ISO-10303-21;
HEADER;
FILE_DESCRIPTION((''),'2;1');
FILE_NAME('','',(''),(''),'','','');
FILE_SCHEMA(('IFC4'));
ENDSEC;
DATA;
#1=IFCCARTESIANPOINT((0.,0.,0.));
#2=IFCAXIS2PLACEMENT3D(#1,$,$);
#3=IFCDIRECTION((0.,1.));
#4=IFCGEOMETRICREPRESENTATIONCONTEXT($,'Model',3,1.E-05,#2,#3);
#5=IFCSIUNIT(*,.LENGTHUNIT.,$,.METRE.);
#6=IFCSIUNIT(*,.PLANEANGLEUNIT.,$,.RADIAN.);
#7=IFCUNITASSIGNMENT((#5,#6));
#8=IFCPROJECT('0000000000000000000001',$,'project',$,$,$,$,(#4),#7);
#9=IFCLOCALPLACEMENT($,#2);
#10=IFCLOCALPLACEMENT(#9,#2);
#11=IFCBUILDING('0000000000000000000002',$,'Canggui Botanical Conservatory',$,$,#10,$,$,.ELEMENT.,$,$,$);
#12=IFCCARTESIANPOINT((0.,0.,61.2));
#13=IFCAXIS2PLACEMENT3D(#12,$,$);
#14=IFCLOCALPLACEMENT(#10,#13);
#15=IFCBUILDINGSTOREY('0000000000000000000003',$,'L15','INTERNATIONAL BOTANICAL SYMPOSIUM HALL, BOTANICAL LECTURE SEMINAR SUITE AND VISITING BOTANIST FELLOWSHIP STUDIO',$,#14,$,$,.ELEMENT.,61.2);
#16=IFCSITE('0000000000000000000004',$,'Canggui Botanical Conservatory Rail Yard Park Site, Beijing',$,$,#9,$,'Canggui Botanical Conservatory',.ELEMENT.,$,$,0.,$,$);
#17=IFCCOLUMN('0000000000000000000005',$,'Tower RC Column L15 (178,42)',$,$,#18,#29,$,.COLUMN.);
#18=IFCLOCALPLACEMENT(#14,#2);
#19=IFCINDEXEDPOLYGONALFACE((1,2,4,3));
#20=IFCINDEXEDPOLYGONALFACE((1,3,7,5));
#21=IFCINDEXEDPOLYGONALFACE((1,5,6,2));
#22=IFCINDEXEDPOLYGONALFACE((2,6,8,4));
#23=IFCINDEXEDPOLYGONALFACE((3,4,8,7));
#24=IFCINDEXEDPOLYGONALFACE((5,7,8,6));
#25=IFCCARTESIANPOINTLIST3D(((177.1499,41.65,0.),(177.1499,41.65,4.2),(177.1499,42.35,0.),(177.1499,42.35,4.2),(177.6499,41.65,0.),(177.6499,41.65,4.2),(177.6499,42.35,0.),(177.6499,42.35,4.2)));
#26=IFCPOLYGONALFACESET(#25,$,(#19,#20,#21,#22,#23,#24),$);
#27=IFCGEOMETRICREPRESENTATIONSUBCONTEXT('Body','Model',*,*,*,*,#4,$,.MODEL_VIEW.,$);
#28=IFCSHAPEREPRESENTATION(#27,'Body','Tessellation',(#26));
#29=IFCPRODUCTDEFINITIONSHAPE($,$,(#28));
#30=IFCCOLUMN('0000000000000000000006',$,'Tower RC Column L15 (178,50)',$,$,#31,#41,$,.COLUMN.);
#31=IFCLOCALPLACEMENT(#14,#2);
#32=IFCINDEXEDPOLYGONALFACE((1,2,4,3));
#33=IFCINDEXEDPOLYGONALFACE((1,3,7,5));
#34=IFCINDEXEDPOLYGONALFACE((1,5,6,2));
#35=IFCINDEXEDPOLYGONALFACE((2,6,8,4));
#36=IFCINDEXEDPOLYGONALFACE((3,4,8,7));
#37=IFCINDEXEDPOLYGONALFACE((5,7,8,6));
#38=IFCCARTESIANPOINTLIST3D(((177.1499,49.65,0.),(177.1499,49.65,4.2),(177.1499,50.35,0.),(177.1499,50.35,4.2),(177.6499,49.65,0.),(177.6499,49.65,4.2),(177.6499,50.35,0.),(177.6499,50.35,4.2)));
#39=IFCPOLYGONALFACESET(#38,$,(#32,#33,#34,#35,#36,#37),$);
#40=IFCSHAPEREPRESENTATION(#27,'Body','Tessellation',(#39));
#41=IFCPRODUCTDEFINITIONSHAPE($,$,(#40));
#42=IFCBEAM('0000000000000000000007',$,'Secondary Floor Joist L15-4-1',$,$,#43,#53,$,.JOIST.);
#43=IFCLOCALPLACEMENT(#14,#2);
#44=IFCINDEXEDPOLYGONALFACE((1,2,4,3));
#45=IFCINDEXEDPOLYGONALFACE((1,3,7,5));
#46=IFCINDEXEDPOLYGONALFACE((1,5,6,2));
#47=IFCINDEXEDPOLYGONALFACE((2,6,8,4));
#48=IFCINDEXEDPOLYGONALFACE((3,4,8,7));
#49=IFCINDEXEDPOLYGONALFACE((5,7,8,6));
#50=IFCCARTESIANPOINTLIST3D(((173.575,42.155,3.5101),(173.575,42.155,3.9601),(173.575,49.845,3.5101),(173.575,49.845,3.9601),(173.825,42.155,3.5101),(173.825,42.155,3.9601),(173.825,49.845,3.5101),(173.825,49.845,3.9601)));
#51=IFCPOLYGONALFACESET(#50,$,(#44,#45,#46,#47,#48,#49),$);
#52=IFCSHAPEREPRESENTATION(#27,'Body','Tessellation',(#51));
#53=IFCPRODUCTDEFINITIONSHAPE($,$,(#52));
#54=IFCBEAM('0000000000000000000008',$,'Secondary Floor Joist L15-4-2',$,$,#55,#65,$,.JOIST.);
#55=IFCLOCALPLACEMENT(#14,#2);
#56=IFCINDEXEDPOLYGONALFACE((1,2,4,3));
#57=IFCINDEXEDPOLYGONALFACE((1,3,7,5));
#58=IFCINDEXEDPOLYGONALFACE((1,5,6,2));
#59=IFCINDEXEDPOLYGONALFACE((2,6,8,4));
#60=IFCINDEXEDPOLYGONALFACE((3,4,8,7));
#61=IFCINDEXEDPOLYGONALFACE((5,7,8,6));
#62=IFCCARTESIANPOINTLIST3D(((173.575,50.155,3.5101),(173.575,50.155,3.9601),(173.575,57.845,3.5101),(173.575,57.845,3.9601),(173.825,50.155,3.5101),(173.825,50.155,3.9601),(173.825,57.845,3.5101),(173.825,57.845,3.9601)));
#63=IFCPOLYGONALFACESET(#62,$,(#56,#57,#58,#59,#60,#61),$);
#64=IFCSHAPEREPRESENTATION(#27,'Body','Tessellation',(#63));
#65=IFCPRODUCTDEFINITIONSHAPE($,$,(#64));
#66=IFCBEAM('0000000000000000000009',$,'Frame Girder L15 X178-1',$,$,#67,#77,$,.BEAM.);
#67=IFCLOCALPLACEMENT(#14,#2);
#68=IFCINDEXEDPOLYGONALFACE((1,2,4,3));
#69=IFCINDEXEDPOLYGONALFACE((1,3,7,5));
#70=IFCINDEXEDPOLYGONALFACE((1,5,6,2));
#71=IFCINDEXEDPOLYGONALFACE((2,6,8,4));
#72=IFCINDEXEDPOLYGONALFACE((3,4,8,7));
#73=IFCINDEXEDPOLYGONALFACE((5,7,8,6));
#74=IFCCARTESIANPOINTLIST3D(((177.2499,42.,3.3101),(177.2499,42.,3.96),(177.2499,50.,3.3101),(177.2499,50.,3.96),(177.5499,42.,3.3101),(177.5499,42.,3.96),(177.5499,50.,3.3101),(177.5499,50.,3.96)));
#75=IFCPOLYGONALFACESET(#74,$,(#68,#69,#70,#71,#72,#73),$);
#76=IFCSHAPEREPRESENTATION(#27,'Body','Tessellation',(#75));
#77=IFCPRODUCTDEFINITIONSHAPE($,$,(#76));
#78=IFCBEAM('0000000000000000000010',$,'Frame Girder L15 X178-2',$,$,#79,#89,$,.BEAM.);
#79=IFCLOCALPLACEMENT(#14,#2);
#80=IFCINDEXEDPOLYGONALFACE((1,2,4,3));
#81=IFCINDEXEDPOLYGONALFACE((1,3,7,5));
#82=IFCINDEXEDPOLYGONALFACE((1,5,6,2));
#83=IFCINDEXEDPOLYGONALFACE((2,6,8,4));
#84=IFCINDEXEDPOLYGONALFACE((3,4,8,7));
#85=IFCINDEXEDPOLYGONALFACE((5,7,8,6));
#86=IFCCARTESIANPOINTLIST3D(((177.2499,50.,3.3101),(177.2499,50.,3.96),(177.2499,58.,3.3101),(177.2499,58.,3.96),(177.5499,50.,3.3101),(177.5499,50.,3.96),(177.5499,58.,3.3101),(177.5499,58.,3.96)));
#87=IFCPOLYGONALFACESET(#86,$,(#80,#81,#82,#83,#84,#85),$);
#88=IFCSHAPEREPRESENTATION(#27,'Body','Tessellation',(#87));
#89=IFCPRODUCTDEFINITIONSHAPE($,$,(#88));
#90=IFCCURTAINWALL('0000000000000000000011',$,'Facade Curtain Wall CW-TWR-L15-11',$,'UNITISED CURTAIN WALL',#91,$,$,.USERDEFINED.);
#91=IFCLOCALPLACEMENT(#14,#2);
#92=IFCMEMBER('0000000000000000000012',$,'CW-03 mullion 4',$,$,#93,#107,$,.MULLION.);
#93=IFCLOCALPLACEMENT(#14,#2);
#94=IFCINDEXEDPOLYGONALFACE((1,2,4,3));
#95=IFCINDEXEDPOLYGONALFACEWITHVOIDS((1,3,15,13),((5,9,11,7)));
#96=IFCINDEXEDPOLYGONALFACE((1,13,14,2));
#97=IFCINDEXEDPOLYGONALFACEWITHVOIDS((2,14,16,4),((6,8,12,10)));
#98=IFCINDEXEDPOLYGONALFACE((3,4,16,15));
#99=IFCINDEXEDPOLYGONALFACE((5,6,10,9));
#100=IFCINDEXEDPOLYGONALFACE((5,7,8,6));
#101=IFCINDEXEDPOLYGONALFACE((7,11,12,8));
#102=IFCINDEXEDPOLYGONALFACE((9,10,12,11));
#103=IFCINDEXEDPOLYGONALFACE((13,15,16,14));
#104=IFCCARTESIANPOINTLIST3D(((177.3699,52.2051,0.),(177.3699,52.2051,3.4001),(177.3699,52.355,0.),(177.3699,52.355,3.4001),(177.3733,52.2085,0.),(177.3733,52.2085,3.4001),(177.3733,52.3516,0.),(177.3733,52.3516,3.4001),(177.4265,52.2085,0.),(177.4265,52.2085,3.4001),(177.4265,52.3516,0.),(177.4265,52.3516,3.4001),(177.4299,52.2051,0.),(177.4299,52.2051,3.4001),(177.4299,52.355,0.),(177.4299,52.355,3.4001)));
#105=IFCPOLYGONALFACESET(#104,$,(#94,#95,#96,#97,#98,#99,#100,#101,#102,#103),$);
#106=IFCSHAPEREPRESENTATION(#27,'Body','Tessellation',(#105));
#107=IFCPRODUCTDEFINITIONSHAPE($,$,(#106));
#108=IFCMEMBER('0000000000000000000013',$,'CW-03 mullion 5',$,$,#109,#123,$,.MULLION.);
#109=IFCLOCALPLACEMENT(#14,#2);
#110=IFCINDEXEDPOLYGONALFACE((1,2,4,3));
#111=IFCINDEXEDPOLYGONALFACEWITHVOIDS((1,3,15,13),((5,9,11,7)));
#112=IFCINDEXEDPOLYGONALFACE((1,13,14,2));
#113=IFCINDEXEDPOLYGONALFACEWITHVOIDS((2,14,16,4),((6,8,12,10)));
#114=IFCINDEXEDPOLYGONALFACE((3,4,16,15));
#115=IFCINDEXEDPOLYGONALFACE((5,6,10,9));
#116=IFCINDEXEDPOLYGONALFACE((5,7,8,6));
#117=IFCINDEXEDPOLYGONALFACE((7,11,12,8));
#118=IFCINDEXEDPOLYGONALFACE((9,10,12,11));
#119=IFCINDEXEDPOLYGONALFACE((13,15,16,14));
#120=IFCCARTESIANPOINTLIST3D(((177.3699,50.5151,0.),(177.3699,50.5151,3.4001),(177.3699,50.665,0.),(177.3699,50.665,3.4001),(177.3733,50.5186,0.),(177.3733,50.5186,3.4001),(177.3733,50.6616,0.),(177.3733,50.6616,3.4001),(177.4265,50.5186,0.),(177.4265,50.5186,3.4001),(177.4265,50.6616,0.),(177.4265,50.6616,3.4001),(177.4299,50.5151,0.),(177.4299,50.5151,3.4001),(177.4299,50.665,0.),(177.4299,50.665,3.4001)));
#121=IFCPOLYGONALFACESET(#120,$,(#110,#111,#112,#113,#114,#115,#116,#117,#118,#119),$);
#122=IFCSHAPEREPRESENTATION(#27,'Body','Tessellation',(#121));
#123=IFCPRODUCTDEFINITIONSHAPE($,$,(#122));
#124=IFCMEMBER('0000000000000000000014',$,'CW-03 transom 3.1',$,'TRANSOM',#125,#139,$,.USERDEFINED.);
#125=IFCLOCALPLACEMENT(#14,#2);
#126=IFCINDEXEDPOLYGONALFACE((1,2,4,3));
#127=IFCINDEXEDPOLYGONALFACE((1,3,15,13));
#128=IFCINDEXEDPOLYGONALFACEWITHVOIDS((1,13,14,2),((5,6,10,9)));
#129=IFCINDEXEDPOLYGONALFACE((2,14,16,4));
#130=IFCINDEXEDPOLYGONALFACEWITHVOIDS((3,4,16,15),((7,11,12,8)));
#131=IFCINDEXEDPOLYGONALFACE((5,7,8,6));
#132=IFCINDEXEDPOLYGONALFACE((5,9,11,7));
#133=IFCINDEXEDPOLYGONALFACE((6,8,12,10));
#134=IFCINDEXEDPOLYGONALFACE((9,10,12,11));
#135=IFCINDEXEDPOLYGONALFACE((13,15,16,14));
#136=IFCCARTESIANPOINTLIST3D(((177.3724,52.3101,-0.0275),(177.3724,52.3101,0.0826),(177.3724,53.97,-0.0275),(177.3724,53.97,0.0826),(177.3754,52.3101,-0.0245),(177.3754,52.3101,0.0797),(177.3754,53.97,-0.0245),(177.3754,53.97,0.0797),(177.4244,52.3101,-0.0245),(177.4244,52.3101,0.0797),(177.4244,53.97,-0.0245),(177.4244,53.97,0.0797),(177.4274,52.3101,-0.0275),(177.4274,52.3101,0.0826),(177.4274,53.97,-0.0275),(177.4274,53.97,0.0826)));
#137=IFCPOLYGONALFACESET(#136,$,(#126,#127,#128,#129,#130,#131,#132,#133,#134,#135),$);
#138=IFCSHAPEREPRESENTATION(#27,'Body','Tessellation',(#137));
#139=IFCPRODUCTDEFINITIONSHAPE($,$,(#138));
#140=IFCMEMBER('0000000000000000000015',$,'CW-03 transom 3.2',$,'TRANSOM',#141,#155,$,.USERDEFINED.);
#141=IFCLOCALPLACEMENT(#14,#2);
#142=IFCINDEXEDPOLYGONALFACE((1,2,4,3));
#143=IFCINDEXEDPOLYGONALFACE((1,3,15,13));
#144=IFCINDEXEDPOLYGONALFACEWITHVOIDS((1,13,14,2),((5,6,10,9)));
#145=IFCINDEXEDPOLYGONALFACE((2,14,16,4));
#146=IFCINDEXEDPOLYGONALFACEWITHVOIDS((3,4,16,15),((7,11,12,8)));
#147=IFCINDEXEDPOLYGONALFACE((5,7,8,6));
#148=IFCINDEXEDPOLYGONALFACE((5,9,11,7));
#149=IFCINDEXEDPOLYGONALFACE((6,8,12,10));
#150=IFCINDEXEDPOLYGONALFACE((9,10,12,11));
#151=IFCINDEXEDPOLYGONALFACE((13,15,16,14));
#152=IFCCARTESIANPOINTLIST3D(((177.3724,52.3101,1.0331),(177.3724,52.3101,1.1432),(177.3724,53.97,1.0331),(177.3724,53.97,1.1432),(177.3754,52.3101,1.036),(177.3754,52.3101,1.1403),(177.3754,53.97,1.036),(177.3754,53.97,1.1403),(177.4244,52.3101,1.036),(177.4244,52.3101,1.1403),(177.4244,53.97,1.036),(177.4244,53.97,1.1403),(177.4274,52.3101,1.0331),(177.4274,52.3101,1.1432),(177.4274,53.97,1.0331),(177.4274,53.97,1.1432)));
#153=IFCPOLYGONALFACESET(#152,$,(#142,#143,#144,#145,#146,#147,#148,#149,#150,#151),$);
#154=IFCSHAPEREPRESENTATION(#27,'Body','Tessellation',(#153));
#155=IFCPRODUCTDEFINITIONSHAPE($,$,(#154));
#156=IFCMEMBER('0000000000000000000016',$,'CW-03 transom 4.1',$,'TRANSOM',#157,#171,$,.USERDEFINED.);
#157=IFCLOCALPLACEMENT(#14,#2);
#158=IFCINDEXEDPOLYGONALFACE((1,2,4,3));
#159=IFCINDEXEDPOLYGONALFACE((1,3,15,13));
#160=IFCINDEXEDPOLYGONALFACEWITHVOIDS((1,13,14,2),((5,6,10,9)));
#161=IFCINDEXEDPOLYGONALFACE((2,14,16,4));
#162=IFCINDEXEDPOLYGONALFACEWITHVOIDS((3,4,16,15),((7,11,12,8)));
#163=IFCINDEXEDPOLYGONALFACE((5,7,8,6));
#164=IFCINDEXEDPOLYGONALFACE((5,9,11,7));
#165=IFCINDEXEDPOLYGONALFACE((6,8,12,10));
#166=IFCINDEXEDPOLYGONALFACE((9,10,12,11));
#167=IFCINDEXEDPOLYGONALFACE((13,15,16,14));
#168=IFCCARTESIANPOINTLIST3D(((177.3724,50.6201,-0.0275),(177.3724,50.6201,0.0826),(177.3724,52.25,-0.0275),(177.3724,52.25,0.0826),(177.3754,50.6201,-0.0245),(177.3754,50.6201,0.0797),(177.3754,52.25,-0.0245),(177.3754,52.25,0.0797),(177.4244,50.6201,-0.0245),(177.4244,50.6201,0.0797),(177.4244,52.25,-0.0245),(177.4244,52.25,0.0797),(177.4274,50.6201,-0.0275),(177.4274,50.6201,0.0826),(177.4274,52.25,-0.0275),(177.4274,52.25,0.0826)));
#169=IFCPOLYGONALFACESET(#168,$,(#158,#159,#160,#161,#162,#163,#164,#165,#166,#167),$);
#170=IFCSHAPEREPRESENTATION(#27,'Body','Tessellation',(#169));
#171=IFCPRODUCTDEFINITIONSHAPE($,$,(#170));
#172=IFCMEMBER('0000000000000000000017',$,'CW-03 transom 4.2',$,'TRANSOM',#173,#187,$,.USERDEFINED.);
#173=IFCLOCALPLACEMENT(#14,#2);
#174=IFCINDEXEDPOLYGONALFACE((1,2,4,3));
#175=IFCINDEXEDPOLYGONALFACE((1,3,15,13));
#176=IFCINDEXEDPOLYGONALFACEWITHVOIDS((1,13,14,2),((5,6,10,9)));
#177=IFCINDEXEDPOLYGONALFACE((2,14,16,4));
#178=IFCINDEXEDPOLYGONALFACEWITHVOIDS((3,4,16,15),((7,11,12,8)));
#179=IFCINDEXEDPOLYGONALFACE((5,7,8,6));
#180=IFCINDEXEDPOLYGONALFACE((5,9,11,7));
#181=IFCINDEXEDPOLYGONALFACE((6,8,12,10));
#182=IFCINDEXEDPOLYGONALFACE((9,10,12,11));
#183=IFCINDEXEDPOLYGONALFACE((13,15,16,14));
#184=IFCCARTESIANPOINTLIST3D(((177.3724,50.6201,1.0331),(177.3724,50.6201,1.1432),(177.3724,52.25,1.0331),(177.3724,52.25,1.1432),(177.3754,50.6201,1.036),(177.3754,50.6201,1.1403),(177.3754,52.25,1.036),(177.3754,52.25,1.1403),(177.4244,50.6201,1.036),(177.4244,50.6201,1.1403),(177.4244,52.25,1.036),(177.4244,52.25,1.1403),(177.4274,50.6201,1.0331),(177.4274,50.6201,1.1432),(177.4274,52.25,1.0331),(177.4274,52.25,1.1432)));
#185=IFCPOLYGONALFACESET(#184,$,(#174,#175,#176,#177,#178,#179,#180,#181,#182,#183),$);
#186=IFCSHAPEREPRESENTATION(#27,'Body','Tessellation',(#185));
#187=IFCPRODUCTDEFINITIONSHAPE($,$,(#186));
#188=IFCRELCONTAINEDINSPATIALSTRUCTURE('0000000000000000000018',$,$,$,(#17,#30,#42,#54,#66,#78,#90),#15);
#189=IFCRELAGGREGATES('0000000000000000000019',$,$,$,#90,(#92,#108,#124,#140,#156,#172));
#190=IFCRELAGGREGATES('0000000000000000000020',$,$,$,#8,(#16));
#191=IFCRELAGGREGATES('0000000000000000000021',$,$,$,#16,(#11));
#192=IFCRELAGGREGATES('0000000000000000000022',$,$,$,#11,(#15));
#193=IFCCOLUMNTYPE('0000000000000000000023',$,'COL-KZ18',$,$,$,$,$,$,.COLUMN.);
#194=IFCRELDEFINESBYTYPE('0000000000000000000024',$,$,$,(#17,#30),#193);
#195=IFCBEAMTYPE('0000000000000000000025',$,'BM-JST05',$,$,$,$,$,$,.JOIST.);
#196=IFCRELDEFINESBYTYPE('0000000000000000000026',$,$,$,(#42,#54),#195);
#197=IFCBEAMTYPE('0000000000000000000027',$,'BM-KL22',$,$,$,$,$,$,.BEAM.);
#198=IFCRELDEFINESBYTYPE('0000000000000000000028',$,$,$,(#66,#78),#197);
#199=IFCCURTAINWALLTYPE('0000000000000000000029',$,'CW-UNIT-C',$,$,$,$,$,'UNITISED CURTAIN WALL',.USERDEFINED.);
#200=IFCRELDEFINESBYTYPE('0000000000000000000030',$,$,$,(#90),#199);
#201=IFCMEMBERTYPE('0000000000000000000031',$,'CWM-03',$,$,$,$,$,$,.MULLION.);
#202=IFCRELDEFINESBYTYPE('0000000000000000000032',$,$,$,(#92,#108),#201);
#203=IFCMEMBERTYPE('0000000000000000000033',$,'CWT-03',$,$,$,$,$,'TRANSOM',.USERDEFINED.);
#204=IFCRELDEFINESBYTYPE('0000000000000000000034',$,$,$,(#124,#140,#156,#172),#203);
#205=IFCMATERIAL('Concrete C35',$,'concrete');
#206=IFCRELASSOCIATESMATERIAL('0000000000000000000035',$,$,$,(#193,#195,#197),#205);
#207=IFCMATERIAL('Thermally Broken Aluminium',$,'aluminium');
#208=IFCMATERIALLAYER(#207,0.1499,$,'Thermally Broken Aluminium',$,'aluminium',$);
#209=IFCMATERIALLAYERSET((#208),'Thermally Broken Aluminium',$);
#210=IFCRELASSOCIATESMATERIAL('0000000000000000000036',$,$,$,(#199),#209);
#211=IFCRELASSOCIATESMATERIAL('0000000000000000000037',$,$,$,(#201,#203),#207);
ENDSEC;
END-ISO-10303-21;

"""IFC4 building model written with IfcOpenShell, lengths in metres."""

from ifc_helpers import new_model, si_unit, direction, frame, origin, origin_2d, place, context, subcontext, project, spatial, rectangle, hollow_rectangle, extrude, material, layer, layer_set, material_profile, profile_set, type_object, element, aggregate, save


model = new_model("IFC4")

# Units and contexts
model_context = context("Model", 3, precision=1e-05, world=origin(), true_north=direction((0.0, 1.0)))
body_context = subcontext(model_context, "Body", "Model", "MODEL_VIEW")
ifc_project = project(units=[si_unit("LENGTHUNIT", "METRE"), si_unit("PLANEANGLEUNIT", "RADIAN")], contexts=[model_context])

# Site, building, storey
site_placement = place(None, origin())
site = spatial("IfcSite", under=ifc_project, at=site_placement, Name="Canggui Botanical Conservatory Rail Yard Park Site, Beijing", LongName="Canggui Botanical Conservatory", CompositionType="ELEMENT", RefElevation=0.0)
building_placement = place(site_placement, origin())
building = spatial("IfcBuilding", under=site, at=building_placement, Name="Canggui Botanical Conservatory", CompositionType="ELEMENT")
storey_placement = place(building_placement, frame((0.0, 0.0, 61.2)))
storey = spatial("IfcBuildingStorey", under=building, at=storey_placement, Name="L15", Description="INTERNATIONAL BOTANICAL SYMPOSIUM HALL, BOTANICAL LECTURE SEMINAR SUITE AND VISITING BOTANIST FELLOWSHIP STUDIO", CompositionType="ELEMENT", Elevation=61.2)

# Columns
ifc_material_1 = material(Name="Concrete C35", Category="concrete")
ifc_material_profile_1 = material_profile(ifc_material_1, rectangle(XDim=0.5, YDim=0.7, at=origin_2d()), Name="RC 500x700")
ifc_profile_set_1 = profile_set([ifc_material_profile_1], Name="Concrete C35")
column_type = type_object("IfcColumnType", Name="COL-KZ18", PredefinedType="COLUMN", material=ifc_profile_set_1)
for number, where, z_axis, x_axis, name in (
    (1, (177.3999, 42.0, 0.0), (0.0, 0.0, 1.0), (1.0, 0.0, 0.0), "Tower RC Column L15 (178,42)"),
    (2, (177.3999, 50.0, 0.0), (0.0, 0.0, 1.0), (1.0, 0.0, 0.0), "Tower RC Column L15 (178,50)"),
):
    element("IfcColumn", number, at=place(storey_placement, frame(where, z_axis=z_axis, x_axis=x_axis)), inside=storey, type_object=column_type, Name=name, PredefinedType="COLUMN", context=body_context, shape_type="SweptSolid", body=[
        extrude(rectangle(XDim=0.5, YDim=0.7, at=origin_2d()), origin(), (0.0, 0.0, 1.0), 4.2),
    ])

# Beams
ifc_material_profile_2 = material_profile(ifc_material_1, rectangle(XDim=0.25, YDim=0.45, at=origin_2d()), Name="RB 250x450")
ifc_profile_set_2 = profile_set([ifc_material_profile_2], Name="Concrete C35")
beam_type_1 = type_object("IfcBeamType", Name="BM-JST05", PredefinedType="JOIST", material=ifc_profile_set_2)
for number, where, z_axis, x_axis, name in (
    (3, (173.7, 42.155, 3.7351), (0.0, 1.0, 0.0), (-1.0, 0.0, 0.0), "Secondary Floor Joist L15-4-1"),
    (4, (173.7, 50.155, 3.7351), (0.0, 1.0, 0.0), (-1.0, 0.0, 0.0), "Secondary Floor Joist L15-4-2"),
):
    element("IfcBeam", number, at=place(storey_placement, frame(where, z_axis=z_axis, x_axis=x_axis)), inside=storey, type_object=beam_type_1, Name=name, PredefinedType="JOIST", context=body_context, shape_type="SweptSolid", body=[
        extrude(rectangle(XDim=0.25, YDim=0.45, at=origin_2d()), origin(), (0.0, 0.0, 1.0), 7.6899),
    ])
ifc_material_profile_3 = material_profile(ifc_material_1, rectangle(XDim=0.3, YDim=0.6499, at=origin_2d()), Name="RB 300x650")
ifc_profile_set_3 = profile_set([ifc_material_profile_3], Name="Concrete C35")
beam_type_2 = type_object("IfcBeamType", Name="BM-KL22", PredefinedType="BEAM", material=ifc_profile_set_3)
for number, where, z_axis, x_axis, name in (
    (5, (177.3999, 42.0, 3.635), (0.0, 1.0, 0.0), (-1.0, 0.0, 0.0), "Frame Girder L15 X178-1"),
    (6, (177.3999, 50.0, 3.635), (0.0, 1.0, 0.0), (-1.0, 0.0, 0.0), "Frame Girder L15 X178-2"),
):
    element("IfcBeam", number, at=place(storey_placement, frame(where, z_axis=z_axis, x_axis=x_axis)), inside=storey, type_object=beam_type_2, Name=name, PredefinedType="BEAM", context=body_context, shape_type="SweptSolid", body=[
        extrude(rectangle(XDim=0.3, YDim=0.6499, at=origin_2d()), origin(), (0.0, 0.0, 1.0), 8.0),
    ])

# Curtain wall, members
ifc_material_2 = material(Name="Thermally Broken Aluminium", Category="aluminium")
ifc_layer_1 = layer(ifc_material_2, 0.1499, Name="Thermally Broken Aluminium", Category="aluminium")
ifc_layer_set_1 = layer_set([ifc_layer_1], Name="Thermally Broken Aluminium")
curtain_wall_type = type_object("IfcCurtainWallType", Name="CW-UNIT-C", ElementType="UNITISED CURTAIN WALL", PredefinedType="USERDEFINED", material=ifc_layer_set_1)
curtain_wall_placement = place(storey_placement, origin())
curtain_wall = element("IfcCurtainWall", 7, at=curtain_wall_placement, inside=storey, type_object=curtain_wall_type, Name="Facade Curtain Wall CW-TWR-L15-11", ObjectType="UNITISED CURTAIN WALL", PredefinedType="USERDEFINED")
ifc_material_profile_4 = material_profile(ifc_material_2, hollow_rectangle(XDim=0.0601, YDim=0.1499, WallThickness=0.0034, at=origin_2d()), Name="CWM 60x150x3.5")
ifc_profile_set_4 = profile_set([ifc_material_profile_4], Name="Thermally Broken Aluminium")
member_type_1 = type_object("IfcMemberType", Name="CWM-03", PredefinedType="MULLION", material=ifc_profile_set_4)
member_1_placement = place(storey_placement, frame((177.3999, 52.28, 0.0), z_axis=(0.0, 0.0, 1.0), x_axis=(1.0, 0.0, 0.0)))
member_1 = element("IfcMember", 8, at=member_1_placement, type_object=member_type_1, Name="CW-03 mullion 4", PredefinedType="MULLION", context=body_context, shape_type="SweptSolid", body=[
    extrude(hollow_rectangle(XDim=0.0601, YDim=0.1499, WallThickness=0.0034, at=origin_2d()), origin(), (0.0, 0.0, 1.0), 3.4001),
])
member_2_placement = place(storey_placement, frame((177.3999, 50.5901, 0.0), z_axis=(0.0, 0.0, 1.0), x_axis=(1.0, 0.0, 0.0)))
member_2 = element("IfcMember", 9, at=member_2_placement, type_object=member_type_1, Name="CW-03 mullion 5", PredefinedType="MULLION", context=body_context, shape_type="SweptSolid", body=[
    extrude(hollow_rectangle(XDim=0.0601, YDim=0.1499, WallThickness=0.0034, at=origin_2d()), origin(), (0.0, 0.0, 1.0), 3.4001),
])
ifc_material_profile_5 = material_profile(ifc_material_2, hollow_rectangle(XDim=0.0549, YDim=0.1101, WallThickness=0.0029, at=origin_2d()), Name="CWT 55x110x3")
ifc_profile_set_5 = profile_set([ifc_material_profile_5], Name="Thermally Broken Aluminium")
member_type_2 = type_object("IfcMemberType", Name="CWT-03", ElementType="TRANSOM", PredefinedType="USERDEFINED", material=ifc_profile_set_5)
member_3_placement = place(storey_placement, frame((177.3999, 53.97, 0.0276), z_axis=(0.0, -1.0, 0.0), x_axis=(1.0, 0.0, 0.0)))
member_3 = element("IfcMember", 10, at=member_3_placement, type_object=member_type_2, Name="CW-03 transom 3.1", ObjectType="TRANSOM", PredefinedType="USERDEFINED", context=body_context, shape_type="SweptSolid", body=[
    extrude(hollow_rectangle(XDim=0.0549, YDim=0.1101, WallThickness=0.0029, at=origin_2d()), origin(), (0.0, 0.0, 1.0), 1.6599),
])
member_4_placement = place(storey_placement, frame((177.3999, 53.97, 1.0881), z_axis=(0.0, -1.0, 0.0), x_axis=(1.0, 0.0, 0.0)))
member_4 = element("IfcMember", 11, at=member_4_placement, type_object=member_type_2, Name="CW-03 transom 3.2", ObjectType="TRANSOM", PredefinedType="USERDEFINED", context=body_context, shape_type="SweptSolid", body=[
    extrude(hollow_rectangle(XDim=0.0549, YDim=0.1101, WallThickness=0.0029, at=origin_2d()), origin(), (0.0, 0.0, 1.0), 1.6599),
])
member_5_placement = place(storey_placement, frame((177.3999, 52.25, 0.0276), z_axis=(0.0, -1.0, 0.0), x_axis=(1.0, 0.0, 0.0)))
member_5 = element("IfcMember", 12, at=member_5_placement, type_object=member_type_2, Name="CW-03 transom 4.1", ObjectType="TRANSOM", PredefinedType="USERDEFINED", context=body_context, shape_type="SweptSolid", body=[
    extrude(hollow_rectangle(XDim=0.0549, YDim=0.1101, WallThickness=0.0029, at=origin_2d()), origin(), (0.0, 0.0, 1.0), 1.6299),
])
member_6_placement = place(storey_placement, frame((177.3999, 52.25, 1.0881), z_axis=(0.0, -1.0, 0.0), x_axis=(1.0, 0.0, 0.0)))
member_6 = element("IfcMember", 13, at=member_6_placement, type_object=member_type_2, Name="CW-03 transom 4.2", ObjectType="TRANSOM", PredefinedType="USERDEFINED", context=body_context, shape_type="SweptSolid", body=[
    extrude(hollow_rectangle(XDim=0.0549, YDim=0.1101, WallThickness=0.0029, at=origin_2d()), origin(), (0.0, 0.0, 1.0), 1.6299),
])
aggregate(curtain_wall, [member_1, member_2, member_3, member_4, member_5, member_6])

save(model, "model.ifc")
